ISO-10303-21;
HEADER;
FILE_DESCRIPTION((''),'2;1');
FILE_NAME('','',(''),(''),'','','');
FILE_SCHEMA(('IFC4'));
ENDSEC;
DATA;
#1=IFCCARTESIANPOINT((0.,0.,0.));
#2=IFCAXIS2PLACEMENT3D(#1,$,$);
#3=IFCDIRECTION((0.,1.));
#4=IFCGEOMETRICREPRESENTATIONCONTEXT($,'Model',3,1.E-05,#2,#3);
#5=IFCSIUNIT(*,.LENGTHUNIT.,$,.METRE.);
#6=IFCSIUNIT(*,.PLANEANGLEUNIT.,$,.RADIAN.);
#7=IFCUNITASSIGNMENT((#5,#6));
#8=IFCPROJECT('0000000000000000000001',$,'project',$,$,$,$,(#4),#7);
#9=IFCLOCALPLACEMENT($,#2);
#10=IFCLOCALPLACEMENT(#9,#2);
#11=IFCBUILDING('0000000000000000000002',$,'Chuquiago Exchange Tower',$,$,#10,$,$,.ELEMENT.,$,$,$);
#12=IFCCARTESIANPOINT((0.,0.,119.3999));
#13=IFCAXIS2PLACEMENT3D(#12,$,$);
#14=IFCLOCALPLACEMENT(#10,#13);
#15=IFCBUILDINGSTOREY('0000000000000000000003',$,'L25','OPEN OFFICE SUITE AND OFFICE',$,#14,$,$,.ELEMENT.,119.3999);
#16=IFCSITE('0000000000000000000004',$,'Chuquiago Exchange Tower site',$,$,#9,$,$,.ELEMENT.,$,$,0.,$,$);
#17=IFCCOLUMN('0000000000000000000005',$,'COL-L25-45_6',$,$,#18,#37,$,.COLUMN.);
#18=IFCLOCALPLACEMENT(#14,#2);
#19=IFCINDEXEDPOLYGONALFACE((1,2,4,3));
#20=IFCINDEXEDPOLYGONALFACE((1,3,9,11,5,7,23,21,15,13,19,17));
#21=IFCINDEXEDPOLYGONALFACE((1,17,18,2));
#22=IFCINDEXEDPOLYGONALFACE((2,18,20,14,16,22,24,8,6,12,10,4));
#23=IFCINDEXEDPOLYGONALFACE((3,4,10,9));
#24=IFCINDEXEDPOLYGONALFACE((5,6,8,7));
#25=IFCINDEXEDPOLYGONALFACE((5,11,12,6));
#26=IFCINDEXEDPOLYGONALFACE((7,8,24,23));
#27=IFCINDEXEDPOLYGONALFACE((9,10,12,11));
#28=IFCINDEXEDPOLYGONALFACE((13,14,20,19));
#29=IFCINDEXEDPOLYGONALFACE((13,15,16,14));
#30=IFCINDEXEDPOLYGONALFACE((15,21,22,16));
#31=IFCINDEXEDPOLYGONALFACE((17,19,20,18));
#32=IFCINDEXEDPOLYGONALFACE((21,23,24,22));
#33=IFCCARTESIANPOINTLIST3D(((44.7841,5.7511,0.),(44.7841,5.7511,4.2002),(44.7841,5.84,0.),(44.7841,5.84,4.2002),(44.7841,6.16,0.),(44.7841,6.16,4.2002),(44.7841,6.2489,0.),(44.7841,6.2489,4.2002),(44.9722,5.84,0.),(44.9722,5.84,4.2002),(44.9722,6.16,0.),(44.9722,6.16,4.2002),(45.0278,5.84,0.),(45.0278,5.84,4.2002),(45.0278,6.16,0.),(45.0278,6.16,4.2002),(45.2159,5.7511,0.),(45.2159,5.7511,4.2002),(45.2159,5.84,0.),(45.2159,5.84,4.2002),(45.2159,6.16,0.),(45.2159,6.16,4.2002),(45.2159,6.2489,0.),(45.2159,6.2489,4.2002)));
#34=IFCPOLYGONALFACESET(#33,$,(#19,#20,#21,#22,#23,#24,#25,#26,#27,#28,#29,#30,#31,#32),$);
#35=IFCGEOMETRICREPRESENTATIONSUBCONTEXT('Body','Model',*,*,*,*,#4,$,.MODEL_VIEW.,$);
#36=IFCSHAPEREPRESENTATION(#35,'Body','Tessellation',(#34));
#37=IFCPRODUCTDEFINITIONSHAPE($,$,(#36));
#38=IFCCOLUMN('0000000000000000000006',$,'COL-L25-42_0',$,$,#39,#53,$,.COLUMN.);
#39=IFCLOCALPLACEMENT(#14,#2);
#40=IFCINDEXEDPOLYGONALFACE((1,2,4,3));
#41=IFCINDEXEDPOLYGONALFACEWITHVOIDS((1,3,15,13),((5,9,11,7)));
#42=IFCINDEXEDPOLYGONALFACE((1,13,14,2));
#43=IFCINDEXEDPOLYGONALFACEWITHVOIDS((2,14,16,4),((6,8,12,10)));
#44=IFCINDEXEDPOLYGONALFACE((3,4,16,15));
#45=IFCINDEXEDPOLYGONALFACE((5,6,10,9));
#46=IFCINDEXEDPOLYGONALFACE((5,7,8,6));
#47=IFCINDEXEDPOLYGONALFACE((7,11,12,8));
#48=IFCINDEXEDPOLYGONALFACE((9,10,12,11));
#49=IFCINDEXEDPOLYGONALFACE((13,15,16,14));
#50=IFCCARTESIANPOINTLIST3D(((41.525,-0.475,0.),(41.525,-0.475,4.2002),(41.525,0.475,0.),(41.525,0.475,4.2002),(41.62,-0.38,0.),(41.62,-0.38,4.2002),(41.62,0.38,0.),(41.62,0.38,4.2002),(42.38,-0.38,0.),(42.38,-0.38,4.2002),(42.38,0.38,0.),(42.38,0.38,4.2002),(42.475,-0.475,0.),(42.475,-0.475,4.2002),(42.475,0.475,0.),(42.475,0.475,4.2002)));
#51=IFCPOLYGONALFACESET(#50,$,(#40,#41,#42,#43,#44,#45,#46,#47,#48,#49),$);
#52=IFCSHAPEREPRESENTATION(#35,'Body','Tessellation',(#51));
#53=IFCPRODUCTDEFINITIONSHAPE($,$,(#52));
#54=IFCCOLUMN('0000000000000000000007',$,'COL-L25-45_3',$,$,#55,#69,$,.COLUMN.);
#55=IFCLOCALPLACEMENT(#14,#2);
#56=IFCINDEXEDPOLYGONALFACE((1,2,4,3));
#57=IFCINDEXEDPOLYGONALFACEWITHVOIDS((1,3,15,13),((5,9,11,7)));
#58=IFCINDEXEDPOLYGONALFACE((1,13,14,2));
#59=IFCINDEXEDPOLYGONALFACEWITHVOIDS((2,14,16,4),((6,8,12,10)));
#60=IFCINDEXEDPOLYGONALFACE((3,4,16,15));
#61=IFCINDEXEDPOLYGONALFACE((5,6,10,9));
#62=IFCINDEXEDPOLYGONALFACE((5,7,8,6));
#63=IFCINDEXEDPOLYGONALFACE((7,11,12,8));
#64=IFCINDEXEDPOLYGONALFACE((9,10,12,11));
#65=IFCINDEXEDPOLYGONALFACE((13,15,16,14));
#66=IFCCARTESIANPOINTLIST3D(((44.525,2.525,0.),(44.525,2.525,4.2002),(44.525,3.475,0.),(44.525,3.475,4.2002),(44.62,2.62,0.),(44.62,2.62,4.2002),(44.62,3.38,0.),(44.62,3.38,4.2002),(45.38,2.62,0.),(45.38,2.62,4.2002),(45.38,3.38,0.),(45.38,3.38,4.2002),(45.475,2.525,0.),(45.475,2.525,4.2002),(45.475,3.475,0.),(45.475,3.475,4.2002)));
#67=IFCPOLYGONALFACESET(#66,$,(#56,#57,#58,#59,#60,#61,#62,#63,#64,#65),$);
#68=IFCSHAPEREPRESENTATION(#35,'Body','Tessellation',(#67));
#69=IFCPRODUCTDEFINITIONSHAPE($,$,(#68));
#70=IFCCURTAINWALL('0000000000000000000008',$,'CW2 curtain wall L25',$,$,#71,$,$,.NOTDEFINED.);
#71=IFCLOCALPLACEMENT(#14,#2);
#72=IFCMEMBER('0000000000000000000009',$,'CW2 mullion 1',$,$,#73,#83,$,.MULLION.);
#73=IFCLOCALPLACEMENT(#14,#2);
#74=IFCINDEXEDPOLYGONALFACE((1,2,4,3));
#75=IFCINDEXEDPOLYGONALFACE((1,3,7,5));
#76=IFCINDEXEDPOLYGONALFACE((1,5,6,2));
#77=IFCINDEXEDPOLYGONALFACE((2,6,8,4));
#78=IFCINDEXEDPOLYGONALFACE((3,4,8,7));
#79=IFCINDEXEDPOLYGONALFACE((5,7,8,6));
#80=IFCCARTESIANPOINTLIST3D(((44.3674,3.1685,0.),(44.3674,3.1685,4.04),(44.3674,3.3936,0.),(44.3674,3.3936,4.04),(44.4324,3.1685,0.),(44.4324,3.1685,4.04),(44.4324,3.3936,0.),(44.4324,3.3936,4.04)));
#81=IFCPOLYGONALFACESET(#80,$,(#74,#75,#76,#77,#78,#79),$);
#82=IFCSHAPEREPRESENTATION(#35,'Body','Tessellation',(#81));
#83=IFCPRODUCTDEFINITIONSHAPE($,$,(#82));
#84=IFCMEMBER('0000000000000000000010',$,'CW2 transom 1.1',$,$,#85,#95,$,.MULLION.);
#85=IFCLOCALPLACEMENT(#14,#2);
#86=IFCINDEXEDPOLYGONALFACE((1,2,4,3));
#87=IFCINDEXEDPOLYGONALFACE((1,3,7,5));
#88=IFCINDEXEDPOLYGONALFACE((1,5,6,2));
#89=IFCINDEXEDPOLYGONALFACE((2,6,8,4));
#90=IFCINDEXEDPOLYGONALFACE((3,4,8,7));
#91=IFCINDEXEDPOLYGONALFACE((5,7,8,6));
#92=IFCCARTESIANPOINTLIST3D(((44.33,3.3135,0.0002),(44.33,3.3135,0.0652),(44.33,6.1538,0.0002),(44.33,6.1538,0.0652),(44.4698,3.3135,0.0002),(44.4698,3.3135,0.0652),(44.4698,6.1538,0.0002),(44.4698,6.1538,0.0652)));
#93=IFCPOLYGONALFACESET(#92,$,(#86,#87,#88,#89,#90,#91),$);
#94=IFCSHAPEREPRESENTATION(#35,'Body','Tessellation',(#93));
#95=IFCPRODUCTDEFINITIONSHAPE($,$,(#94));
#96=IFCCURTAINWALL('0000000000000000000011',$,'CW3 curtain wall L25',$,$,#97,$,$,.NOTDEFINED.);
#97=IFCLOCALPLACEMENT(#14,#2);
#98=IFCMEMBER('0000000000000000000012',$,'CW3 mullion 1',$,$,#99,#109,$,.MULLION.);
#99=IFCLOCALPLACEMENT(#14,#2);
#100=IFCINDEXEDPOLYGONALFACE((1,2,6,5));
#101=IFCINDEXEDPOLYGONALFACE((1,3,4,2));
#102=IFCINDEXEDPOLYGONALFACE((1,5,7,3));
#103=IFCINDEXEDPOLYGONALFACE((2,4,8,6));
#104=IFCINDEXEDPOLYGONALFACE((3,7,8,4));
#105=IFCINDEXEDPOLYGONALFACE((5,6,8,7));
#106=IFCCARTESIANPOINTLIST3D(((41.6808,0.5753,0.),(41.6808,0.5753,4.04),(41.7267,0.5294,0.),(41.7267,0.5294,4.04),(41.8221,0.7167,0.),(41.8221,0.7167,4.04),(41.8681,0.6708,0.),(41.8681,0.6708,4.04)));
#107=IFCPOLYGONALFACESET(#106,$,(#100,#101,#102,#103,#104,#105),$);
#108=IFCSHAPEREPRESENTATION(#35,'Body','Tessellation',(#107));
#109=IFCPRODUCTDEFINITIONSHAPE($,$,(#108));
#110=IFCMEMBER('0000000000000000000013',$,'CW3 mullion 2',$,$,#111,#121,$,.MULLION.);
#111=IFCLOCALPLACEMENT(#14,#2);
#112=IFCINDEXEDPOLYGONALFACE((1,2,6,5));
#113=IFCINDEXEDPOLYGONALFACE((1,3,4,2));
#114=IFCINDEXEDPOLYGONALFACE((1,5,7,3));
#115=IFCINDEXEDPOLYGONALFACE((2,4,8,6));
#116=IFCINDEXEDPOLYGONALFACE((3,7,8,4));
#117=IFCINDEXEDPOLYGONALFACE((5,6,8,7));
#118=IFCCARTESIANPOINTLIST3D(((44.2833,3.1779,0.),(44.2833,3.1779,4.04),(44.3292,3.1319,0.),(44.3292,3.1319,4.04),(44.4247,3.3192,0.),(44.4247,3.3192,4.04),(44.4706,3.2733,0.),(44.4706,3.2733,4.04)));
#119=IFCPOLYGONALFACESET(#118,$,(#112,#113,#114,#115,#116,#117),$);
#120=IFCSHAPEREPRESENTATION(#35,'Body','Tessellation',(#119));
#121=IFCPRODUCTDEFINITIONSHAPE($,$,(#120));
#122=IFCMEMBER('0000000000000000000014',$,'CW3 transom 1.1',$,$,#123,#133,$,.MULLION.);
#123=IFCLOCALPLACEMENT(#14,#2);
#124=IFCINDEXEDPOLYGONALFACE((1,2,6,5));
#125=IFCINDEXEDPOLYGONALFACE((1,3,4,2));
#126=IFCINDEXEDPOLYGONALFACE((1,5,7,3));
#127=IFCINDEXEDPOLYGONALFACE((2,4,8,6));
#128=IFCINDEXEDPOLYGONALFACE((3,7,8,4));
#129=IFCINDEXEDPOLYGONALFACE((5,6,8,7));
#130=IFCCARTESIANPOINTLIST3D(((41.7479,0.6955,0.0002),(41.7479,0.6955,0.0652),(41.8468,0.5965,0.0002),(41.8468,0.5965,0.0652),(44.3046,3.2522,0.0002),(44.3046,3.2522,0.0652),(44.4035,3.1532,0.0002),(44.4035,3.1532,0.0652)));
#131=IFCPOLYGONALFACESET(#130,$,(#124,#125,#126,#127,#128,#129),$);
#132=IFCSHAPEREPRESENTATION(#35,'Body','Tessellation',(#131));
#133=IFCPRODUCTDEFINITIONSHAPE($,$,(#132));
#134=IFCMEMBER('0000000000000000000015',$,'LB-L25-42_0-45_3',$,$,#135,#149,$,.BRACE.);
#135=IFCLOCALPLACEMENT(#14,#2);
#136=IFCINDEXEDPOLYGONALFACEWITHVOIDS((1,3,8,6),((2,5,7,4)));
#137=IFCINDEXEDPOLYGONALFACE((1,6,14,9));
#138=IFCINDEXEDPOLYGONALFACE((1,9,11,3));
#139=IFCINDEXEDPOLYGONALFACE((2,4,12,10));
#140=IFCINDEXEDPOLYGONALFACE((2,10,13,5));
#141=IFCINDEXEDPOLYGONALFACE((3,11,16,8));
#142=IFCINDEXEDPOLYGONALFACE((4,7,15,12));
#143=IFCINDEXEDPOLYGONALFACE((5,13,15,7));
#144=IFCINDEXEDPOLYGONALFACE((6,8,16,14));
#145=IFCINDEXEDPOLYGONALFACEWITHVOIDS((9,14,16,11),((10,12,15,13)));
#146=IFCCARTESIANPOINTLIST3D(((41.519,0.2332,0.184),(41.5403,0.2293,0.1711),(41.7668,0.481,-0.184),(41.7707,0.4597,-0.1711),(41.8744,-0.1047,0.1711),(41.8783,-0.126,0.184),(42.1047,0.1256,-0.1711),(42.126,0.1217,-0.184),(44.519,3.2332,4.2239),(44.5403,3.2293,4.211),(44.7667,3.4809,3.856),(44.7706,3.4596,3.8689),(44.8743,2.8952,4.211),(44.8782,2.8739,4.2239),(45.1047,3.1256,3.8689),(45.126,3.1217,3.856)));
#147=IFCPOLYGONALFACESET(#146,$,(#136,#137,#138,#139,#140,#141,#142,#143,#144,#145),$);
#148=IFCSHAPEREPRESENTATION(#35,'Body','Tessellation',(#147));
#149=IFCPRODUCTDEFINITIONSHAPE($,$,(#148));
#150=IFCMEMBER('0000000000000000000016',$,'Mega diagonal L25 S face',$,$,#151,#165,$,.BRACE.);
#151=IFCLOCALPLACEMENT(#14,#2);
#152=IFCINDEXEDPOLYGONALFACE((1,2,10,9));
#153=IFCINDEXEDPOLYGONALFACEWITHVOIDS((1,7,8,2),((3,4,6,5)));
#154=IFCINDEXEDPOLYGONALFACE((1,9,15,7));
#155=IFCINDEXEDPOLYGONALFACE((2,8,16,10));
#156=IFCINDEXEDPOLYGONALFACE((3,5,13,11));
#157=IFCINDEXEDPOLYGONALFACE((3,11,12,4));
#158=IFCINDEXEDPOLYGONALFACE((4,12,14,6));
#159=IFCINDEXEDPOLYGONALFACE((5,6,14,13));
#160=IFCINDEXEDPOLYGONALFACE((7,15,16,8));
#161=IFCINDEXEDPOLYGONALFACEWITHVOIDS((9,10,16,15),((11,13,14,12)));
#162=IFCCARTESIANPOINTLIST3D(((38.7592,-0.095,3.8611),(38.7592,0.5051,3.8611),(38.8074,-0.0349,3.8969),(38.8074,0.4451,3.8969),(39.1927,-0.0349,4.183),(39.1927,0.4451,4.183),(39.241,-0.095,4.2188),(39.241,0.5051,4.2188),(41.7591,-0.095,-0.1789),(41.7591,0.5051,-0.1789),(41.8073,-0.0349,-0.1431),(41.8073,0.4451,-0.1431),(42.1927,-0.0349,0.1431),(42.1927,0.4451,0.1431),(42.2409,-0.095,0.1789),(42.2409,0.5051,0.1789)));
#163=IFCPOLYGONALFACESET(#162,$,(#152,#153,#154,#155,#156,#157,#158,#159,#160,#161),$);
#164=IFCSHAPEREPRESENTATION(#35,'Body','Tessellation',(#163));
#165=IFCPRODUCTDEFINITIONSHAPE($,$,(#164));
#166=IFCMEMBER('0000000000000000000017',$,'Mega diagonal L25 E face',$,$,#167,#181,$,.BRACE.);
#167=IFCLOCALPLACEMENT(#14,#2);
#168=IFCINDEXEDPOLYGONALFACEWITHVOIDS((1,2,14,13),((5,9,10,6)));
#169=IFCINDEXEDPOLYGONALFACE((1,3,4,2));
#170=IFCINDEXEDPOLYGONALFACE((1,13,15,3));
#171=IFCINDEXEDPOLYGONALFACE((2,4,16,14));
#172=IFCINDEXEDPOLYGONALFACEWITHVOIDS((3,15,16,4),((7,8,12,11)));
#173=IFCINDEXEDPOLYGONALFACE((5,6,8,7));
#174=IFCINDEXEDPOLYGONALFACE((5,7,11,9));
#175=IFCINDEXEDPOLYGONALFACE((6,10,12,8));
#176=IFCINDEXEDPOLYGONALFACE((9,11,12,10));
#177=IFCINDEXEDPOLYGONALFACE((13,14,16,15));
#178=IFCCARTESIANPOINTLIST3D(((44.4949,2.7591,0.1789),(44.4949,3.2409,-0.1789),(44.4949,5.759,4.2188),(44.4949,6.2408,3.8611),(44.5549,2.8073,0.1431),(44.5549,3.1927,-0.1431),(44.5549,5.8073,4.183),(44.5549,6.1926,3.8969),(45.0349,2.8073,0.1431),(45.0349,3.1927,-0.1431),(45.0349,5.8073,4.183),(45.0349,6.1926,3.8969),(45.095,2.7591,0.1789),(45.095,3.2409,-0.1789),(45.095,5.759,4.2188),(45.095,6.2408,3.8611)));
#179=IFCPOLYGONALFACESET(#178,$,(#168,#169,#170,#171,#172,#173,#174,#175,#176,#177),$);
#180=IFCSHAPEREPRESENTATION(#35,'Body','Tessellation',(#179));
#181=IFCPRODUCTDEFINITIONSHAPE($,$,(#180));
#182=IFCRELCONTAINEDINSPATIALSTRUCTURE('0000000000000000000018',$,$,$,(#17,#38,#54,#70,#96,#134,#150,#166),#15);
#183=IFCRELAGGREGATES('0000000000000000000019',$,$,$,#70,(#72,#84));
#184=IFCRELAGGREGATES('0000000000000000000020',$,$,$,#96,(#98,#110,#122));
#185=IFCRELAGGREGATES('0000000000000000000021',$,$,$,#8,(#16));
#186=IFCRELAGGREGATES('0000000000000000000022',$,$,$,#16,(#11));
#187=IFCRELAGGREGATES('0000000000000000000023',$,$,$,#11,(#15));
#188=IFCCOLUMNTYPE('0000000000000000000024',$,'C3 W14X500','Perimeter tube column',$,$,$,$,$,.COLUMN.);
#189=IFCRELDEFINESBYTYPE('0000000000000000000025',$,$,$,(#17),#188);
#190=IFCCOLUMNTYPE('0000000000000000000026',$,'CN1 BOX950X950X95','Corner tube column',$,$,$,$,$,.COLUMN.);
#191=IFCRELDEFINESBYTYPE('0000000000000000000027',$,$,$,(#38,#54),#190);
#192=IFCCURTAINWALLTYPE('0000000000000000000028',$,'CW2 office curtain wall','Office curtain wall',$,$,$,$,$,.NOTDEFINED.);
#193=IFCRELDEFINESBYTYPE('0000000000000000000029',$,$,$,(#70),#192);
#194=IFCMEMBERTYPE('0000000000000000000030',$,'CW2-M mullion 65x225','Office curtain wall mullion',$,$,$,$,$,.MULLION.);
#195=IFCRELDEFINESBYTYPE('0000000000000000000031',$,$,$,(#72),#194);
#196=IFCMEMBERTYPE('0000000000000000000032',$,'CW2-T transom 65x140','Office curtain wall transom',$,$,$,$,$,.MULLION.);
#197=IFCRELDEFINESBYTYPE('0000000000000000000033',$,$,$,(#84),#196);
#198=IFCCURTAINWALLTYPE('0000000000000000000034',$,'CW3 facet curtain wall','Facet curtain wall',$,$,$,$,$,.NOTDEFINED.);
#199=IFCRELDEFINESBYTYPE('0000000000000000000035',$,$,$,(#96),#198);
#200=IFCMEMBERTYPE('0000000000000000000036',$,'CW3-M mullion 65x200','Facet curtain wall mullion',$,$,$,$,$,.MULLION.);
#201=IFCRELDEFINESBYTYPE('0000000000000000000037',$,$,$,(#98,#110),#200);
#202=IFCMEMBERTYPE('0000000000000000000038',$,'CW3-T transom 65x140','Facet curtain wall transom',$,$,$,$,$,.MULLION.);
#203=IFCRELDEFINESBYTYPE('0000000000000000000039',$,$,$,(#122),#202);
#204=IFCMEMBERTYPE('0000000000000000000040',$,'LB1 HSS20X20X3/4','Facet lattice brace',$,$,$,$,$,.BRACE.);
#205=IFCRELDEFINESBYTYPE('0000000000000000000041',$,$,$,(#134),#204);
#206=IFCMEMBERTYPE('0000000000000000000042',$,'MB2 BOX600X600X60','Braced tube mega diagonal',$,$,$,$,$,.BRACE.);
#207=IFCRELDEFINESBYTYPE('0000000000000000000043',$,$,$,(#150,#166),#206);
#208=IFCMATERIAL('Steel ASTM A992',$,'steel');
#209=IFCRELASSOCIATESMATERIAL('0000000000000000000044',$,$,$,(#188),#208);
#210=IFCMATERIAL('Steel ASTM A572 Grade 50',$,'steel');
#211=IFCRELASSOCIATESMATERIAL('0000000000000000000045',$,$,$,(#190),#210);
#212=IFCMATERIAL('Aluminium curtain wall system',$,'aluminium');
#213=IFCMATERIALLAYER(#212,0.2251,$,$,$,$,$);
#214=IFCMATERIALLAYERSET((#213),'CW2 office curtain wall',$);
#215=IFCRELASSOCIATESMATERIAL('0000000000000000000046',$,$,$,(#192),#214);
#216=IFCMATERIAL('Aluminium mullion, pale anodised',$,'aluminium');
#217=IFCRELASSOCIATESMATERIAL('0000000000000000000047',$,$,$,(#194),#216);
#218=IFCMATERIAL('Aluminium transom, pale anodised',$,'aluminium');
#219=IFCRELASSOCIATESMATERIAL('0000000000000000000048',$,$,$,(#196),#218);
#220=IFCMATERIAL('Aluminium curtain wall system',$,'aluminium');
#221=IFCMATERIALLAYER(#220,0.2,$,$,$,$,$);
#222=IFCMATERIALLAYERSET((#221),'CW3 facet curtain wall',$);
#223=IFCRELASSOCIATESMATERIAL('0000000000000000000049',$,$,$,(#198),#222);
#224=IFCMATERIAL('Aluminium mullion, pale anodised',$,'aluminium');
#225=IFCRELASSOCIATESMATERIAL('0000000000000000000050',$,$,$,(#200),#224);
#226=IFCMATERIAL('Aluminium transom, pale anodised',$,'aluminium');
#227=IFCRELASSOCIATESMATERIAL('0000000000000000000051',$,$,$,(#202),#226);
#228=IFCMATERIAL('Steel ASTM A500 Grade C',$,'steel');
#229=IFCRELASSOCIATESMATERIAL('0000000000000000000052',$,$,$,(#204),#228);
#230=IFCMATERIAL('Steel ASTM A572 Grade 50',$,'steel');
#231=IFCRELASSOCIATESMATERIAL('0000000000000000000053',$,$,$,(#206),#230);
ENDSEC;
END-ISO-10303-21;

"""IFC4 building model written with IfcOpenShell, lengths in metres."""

from ifc_helpers import new_model, si_unit, direction, frame, origin, origin_2d, place, context, subcontext, project, spatial, rectangle, hollow_rectangle, i_section, extrude, material, layer, layer_set, material_profile, profile_set, type_object, element, aggregate, save


model = new_model("IFC4")

# Units and contexts
model_context = context("Model", 3, precision=1e-05, world=origin(), true_north=direction((0.0, 1.0)))
body_context = subcontext(model_context, "Body", "Model", "MODEL_VIEW")
ifc_project = project(units=[si_unit("LENGTHUNIT", "METRE"), si_unit("PLANEANGLEUNIT", "RADIAN")], contexts=[model_context])

# Site, building, storey
site_placement = place(None, origin())
site = spatial("IfcSite", under=ifc_project, at=site_placement, Name="Chuquiago Exchange Tower site", CompositionType="ELEMENT", RefElevation=0.0)
building_placement = place(site_placement, origin())
building = spatial("IfcBuilding", under=site, at=building_placement, Name="Chuquiago Exchange Tower", CompositionType="ELEMENT")
storey_placement = place(building_placement, frame((0.0, 0.0, 119.3999)))
storey = spatial("IfcBuildingStorey", under=building, at=storey_placement, Name="L25", Description="OPEN OFFICE SUITE AND OFFICE", CompositionType="ELEMENT", Elevation=119.3999)

# Columns
ifc_material_1 = material(Name="Steel ASTM A992", Category="steel")
ifc_material_profile_1 = material_profile(ifc_material_1, i_section(OverallWidth=0.4319, OverallDepth=0.4978, WebThickness=0.0557, FlangeThickness=0.0889, at=origin_2d()), Name="W14X500")
ifc_profile_set_1 = profile_set([ifc_material_profile_1], Name="Steel ASTM A992")
column_type_1 = type_object("IfcColumnType", Name="C3 W14X500", Description="Perimeter tube column", PredefinedType="COLUMN", material=ifc_profile_set_1)
column_placement = place(storey_placement, frame((45.0, 6.0, 0.0), z_axis=(0.0, 0.0, 1.0), x_axis=(1.0, 0.0, 0.0)))
element("IfcColumn", 1, at=column_placement, inside=storey, type_object=column_type_1, Name="COL-L25-45_6", PredefinedType="COLUMN", context=body_context, shape_type="SweptSolid", body=[
    extrude(i_section(OverallWidth=0.4319, OverallDepth=0.4978, WebThickness=0.0557, FlangeThickness=0.0889, at=origin_2d()), origin(), (0.0, 0.0, 1.0), 4.2002),
])
ifc_material_2 = material(Name="Steel ASTM A572 Grade 50", Category="steel")
ifc_material_profile_2 = material_profile(ifc_material_2, hollow_rectangle(XDim=0.95, YDim=0.95, WallThickness=0.095, at=origin_2d()), Name="BOX950X950X95")
ifc_profile_set_2 = profile_set([ifc_material_profile_2], Name="Steel ASTM A572 Grade 50")
column_type_2 = type_object("IfcColumnType", Name="CN1 BOX950X950X95", Description="Corner tube column", PredefinedType="COLUMN", material=ifc_profile_set_2)
for number, where, z_axis, x_axis, name in (
    (2, (42.0, 0.0, 0.0), (0.0, 0.0, 1.0), (0.0, -1.0, 0.0), "COL-L25-42_0"),
    (3, (45.0, 3.0, 0.0), (0.0, 0.0, 1.0), (1.0, 0.0, 0.0), "COL-L25-45_3"),
):
    element("IfcColumn", number, at=place(storey_placement, frame(where, z_axis=z_axis, x_axis=x_axis)), inside=storey, type_object=column_type_2, Name=name, PredefinedType="COLUMN", context=body_context, shape_type="SweptSolid", body=[
        extrude(hollow_rectangle(XDim=0.95, YDim=0.95, WallThickness=0.095, at=origin_2d()), origin(), (0.0, 0.0, 1.0), 4.2002),
    ])

# Curtain walls, members
ifc_material_3 = material(Name="Aluminium curtain wall system", Category="aluminium")
ifc_layer_1 = layer(ifc_material_3, 0.2251)
ifc_layer_set_1 = layer_set([ifc_layer_1], Name="CW2 office curtain wall")
curtain_wall_type_1 = type_object("IfcCurtainWallType", Name="CW2 office curtain wall", Description="Office curtain wall", PredefinedType="NOTDEFINED", material=ifc_layer_set_1)
curtain_wall_1_placement = place(storey_placement, origin())
curtain_wall_1 = element("IfcCurtainWall", 4, at=curtain_wall_1_placement, inside=storey, type_object=curtain_wall_type_1, Name="CW2 curtain wall L25", PredefinedType="NOTDEFINED")
ifc_material_4 = material(Name="Aluminium mullion, pale anodised", Category="aluminium")
ifc_material_profile_3 = material_profile(ifc_material_4, rectangle(XDim=0.0649, YDim=0.2251, at=origin_2d()), Name="AL 65x225")
ifc_profile_set_3 = profile_set([ifc_material_profile_3], Name="Aluminium mullion, pale anodised")
member_type_1 = type_object("IfcMemberType", Name="CW2-M mullion 65x225", Description="Office curtain wall mullion", PredefinedType="MULLION", material=ifc_profile_set_3)
member_1_placement = place(storey_placement, frame((44.3999, 3.281, 0.0), z_axis=(0.0, 0.0, 1.0), x_axis=(-1.0, 0.0, 0.0)))
member_1 = element("IfcMember", 5, at=member_1_placement, type_object=member_type_1, Name="CW2 mullion 1", PredefinedType="MULLION", context=body_context, shape_type="SweptSolid", body=[
    extrude(rectangle(XDim=0.0649, YDim=0.2251, at=origin_2d()), origin(), (0.0, 0.0, 1.0), 4.04),
])
ifc_material_5 = material(Name="Aluminium transom, pale anodised", Category="aluminium")
ifc_material_profile_4 = material_profile(ifc_material_5, rectangle(XDim=0.1399, YDim=0.0649, at=origin_2d()), Name="AL 140x65")
ifc_profile_set_4 = profile_set([ifc_material_profile_4], Name="Aluminium transom, pale anodised")
member_type_2 = type_object("IfcMemberType", Name="CW2-T transom 65x140", Description="Office curtain wall transom", PredefinedType="MULLION", material=ifc_profile_set_4)
member_2_placement = place(storey_placement, frame((44.3999, 3.3135, 0.0327), z_axis=(0.0, 1.0, 0.0), x_axis=(-1.0, 0.0, 0.0)))
member_2 = element("IfcMember", 6, at=member_2_placement, type_object=member_type_2, Name="CW2 transom 1.1", PredefinedType="MULLION", context=body_context, shape_type="SweptSolid", body=[
    extrude(rectangle(XDim=0.1399, YDim=0.0649, at=origin_2d()), origin(), (0.0, 0.0, 1.0), 2.8403),
])
ifc_material_6 = material(Name="Aluminium curtain wall system", Category="aluminium")
ifc_layer_2 = layer(ifc_material_6, 0.2)
ifc_layer_set_2 = layer_set([ifc_layer_2], Name="CW3 facet curtain wall")
curtain_wall_type_2 = type_object("IfcCurtainWallType", Name="CW3 facet curtain wall", Description="Facet curtain wall", PredefinedType="NOTDEFINED", material=ifc_layer_set_2)
curtain_wall_2_placement = place(storey_placement, origin())
curtain_wall_2 = element("IfcCurtainWall", 7, at=curtain_wall_2_placement, inside=storey, type_object=curtain_wall_type_2, Name="CW3 curtain wall L25", PredefinedType="NOTDEFINED")
ifc_material_7 = material(Name="Aluminium mullion, pale anodised", Category="aluminium")
ifc_material_profile_5 = material_profile(ifc_material_7, rectangle(XDim=0.0649, YDim=0.2, at=origin_2d()), Name="AL 65x200")
ifc_profile_set_5 = profile_set([ifc_material_profile_5], Name="Aluminium mullion, pale anodised")
member_type_3 = type_object("IfcMemberType", Name="CW3-M mullion 65x200", Description="Facet curtain wall mullion", PredefinedType="MULLION", material=ifc_profile_set_5)
member_3_placement = place(storey_placement, frame((41.7744, 0.623, 0.0), z_axis=(0.0, 0.0, 1.0), x_axis=(-0.707107, 0.707107, 0.0)))
member_3 = element("IfcMember", 8, at=member_3_placement, type_object=member_type_3, Name="CW3 mullion 1", PredefinedType="MULLION", context=body_context, shape_type="SweptSolid", body=[
    extrude(rectangle(XDim=0.0649, YDim=0.2, at=origin_2d()), origin(), (0.0, 0.0, 1.0), 4.04),
])
member_4_placement = place(storey_placement, frame((44.377, 3.2256, 0.0), z_axis=(0.0, 0.0, 1.0), x_axis=(-0.707107, 0.707107, 0.0)))
member_4 = element("IfcMember", 9, at=member_4_placement, type_object=member_type_3, Name="CW3 mullion 2", PredefinedType="MULLION", context=body_context, shape_type="SweptSolid", body=[
    extrude(rectangle(XDim=0.0649, YDim=0.2, at=origin_2d()), origin(), (0.0, 0.0, 1.0), 4.04),
])
ifc_material_8 = material(Name="Aluminium transom, pale anodised", Category="aluminium")
ifc_material_profile_6 = material_profile(ifc_material_8, rectangle(XDim=0.1399, YDim=0.0649, at=origin_2d()), Name="AL 140x65")
ifc_profile_set_6 = profile_set([ifc_material_profile_6], Name="Aluminium transom, pale anodised")
member_type_4 = type_object("IfcMemberType", Name="CW3-T transom 65x140", Description="Facet curtain wall transom", PredefinedType="MULLION", material=ifc_profile_set_6)
member_5_placement = place(storey_placement, frame((41.7974, 0.646, 0.0327), z_axis=(0.707107, 0.707107, 0.0), x_axis=(-0.707107, 0.707107, 0.0)))
member_5 = element("IfcMember", 10, at=member_5_placement, type_object=member_type_4, Name="CW3 transom 1.1", PredefinedType="MULLION", context=body_context, shape_type="SweptSolid", body=[
    extrude(rectangle(XDim=0.1399, YDim=0.0649, at=origin_2d()), origin(), (0.0, 0.0, 1.0), 3.6157),
])

# Members
ifc_material_9 = material(Name="Steel ASTM A500 Grade C", Category="steel")
ifc_material_profile_7 = material_profile(ifc_material_9, hollow_rectangle(XDim=0.5081, YDim=0.5081, WallThickness=0.0178, at=origin_2d()), Name="HSS20X20X3/4")
ifc_profile_set_7 = profile_set([ifc_material_profile_7], Name="Steel ASTM A500 Grade C")
member_type_5 = type_object("IfcMemberType", Name="LB1 HSS20X20X3/4", Description="Facet lattice brace", PredefinedType="BRACE", material=ifc_profile_set_7)
member_6_placement = place(storey_placement, frame((41.8225, 0.1775, 0.0), z_axis=(0.512077, 0.512077, 0.689604), x_axis=(-0.707107, 0.707107, 0.0)))
element("IfcMember", 11, at=member_6_placement, inside=storey, type_object=member_type_5, Name="LB-L25-42_0-45_3", PredefinedType="BRACE", context=body_context, shape_type="SweptSolid", body=[
    extrude(hollow_rectangle(XDim=0.5081, YDim=0.5081, WallThickness=0.0178, at=origin_2d()), origin(), (0.0, 0.0, 1.0), 5.8584),
])
ifc_material_10 = material(Name="Steel ASTM A572 Grade 50", Category="steel")
ifc_material_profile_8 = material_profile(ifc_material_10, hollow_rectangle(XDim=0.6001, YDim=0.6001, WallThickness=0.0601, at=origin_2d()), Name="BOX600X600X60")
ifc_profile_set_8 = profile_set([ifc_material_profile_8], Name="Steel ASTM A572 Grade 50")
member_type_6 = type_object("IfcMemberType", Name="MB2 BOX600X600X60", Description="Braced tube mega diagonal", PredefinedType="BRACE", material=ifc_profile_set_8)
for number, where, z_axis, x_axis, name in (
    (12, (42.0, 0.2051, 0.0), (-0.596174, 0.0, 0.802855), (0.0, -1.0, 0.0), "Mega diagonal L25 S face"),
    (13, (44.7949, 3.0, 0.0), (0.0, 0.596174, 0.802855), (-1.0, 0.0, 0.0), "Mega diagonal L25 E face"),
):
    element("IfcMember", number, at=place(storey_placement, frame(where, z_axis=z_axis, x_axis=x_axis)), inside=storey, type_object=member_type_6, Name=name, PredefinedType="BRACE", context=body_context, shape_type="SweptSolid", body=[
        extrude(hollow_rectangle(XDim=0.6001, YDim=0.6001, WallThickness=0.0601, at=origin_2d()), origin(), (0.0, 0.0, 1.0), 5.032),
    ])

aggregate(curtain_wall_1, [member_1, member_2])
aggregate(curtain_wall_2, [member_3, member_4, member_5])

save(model, "model.ifc")
